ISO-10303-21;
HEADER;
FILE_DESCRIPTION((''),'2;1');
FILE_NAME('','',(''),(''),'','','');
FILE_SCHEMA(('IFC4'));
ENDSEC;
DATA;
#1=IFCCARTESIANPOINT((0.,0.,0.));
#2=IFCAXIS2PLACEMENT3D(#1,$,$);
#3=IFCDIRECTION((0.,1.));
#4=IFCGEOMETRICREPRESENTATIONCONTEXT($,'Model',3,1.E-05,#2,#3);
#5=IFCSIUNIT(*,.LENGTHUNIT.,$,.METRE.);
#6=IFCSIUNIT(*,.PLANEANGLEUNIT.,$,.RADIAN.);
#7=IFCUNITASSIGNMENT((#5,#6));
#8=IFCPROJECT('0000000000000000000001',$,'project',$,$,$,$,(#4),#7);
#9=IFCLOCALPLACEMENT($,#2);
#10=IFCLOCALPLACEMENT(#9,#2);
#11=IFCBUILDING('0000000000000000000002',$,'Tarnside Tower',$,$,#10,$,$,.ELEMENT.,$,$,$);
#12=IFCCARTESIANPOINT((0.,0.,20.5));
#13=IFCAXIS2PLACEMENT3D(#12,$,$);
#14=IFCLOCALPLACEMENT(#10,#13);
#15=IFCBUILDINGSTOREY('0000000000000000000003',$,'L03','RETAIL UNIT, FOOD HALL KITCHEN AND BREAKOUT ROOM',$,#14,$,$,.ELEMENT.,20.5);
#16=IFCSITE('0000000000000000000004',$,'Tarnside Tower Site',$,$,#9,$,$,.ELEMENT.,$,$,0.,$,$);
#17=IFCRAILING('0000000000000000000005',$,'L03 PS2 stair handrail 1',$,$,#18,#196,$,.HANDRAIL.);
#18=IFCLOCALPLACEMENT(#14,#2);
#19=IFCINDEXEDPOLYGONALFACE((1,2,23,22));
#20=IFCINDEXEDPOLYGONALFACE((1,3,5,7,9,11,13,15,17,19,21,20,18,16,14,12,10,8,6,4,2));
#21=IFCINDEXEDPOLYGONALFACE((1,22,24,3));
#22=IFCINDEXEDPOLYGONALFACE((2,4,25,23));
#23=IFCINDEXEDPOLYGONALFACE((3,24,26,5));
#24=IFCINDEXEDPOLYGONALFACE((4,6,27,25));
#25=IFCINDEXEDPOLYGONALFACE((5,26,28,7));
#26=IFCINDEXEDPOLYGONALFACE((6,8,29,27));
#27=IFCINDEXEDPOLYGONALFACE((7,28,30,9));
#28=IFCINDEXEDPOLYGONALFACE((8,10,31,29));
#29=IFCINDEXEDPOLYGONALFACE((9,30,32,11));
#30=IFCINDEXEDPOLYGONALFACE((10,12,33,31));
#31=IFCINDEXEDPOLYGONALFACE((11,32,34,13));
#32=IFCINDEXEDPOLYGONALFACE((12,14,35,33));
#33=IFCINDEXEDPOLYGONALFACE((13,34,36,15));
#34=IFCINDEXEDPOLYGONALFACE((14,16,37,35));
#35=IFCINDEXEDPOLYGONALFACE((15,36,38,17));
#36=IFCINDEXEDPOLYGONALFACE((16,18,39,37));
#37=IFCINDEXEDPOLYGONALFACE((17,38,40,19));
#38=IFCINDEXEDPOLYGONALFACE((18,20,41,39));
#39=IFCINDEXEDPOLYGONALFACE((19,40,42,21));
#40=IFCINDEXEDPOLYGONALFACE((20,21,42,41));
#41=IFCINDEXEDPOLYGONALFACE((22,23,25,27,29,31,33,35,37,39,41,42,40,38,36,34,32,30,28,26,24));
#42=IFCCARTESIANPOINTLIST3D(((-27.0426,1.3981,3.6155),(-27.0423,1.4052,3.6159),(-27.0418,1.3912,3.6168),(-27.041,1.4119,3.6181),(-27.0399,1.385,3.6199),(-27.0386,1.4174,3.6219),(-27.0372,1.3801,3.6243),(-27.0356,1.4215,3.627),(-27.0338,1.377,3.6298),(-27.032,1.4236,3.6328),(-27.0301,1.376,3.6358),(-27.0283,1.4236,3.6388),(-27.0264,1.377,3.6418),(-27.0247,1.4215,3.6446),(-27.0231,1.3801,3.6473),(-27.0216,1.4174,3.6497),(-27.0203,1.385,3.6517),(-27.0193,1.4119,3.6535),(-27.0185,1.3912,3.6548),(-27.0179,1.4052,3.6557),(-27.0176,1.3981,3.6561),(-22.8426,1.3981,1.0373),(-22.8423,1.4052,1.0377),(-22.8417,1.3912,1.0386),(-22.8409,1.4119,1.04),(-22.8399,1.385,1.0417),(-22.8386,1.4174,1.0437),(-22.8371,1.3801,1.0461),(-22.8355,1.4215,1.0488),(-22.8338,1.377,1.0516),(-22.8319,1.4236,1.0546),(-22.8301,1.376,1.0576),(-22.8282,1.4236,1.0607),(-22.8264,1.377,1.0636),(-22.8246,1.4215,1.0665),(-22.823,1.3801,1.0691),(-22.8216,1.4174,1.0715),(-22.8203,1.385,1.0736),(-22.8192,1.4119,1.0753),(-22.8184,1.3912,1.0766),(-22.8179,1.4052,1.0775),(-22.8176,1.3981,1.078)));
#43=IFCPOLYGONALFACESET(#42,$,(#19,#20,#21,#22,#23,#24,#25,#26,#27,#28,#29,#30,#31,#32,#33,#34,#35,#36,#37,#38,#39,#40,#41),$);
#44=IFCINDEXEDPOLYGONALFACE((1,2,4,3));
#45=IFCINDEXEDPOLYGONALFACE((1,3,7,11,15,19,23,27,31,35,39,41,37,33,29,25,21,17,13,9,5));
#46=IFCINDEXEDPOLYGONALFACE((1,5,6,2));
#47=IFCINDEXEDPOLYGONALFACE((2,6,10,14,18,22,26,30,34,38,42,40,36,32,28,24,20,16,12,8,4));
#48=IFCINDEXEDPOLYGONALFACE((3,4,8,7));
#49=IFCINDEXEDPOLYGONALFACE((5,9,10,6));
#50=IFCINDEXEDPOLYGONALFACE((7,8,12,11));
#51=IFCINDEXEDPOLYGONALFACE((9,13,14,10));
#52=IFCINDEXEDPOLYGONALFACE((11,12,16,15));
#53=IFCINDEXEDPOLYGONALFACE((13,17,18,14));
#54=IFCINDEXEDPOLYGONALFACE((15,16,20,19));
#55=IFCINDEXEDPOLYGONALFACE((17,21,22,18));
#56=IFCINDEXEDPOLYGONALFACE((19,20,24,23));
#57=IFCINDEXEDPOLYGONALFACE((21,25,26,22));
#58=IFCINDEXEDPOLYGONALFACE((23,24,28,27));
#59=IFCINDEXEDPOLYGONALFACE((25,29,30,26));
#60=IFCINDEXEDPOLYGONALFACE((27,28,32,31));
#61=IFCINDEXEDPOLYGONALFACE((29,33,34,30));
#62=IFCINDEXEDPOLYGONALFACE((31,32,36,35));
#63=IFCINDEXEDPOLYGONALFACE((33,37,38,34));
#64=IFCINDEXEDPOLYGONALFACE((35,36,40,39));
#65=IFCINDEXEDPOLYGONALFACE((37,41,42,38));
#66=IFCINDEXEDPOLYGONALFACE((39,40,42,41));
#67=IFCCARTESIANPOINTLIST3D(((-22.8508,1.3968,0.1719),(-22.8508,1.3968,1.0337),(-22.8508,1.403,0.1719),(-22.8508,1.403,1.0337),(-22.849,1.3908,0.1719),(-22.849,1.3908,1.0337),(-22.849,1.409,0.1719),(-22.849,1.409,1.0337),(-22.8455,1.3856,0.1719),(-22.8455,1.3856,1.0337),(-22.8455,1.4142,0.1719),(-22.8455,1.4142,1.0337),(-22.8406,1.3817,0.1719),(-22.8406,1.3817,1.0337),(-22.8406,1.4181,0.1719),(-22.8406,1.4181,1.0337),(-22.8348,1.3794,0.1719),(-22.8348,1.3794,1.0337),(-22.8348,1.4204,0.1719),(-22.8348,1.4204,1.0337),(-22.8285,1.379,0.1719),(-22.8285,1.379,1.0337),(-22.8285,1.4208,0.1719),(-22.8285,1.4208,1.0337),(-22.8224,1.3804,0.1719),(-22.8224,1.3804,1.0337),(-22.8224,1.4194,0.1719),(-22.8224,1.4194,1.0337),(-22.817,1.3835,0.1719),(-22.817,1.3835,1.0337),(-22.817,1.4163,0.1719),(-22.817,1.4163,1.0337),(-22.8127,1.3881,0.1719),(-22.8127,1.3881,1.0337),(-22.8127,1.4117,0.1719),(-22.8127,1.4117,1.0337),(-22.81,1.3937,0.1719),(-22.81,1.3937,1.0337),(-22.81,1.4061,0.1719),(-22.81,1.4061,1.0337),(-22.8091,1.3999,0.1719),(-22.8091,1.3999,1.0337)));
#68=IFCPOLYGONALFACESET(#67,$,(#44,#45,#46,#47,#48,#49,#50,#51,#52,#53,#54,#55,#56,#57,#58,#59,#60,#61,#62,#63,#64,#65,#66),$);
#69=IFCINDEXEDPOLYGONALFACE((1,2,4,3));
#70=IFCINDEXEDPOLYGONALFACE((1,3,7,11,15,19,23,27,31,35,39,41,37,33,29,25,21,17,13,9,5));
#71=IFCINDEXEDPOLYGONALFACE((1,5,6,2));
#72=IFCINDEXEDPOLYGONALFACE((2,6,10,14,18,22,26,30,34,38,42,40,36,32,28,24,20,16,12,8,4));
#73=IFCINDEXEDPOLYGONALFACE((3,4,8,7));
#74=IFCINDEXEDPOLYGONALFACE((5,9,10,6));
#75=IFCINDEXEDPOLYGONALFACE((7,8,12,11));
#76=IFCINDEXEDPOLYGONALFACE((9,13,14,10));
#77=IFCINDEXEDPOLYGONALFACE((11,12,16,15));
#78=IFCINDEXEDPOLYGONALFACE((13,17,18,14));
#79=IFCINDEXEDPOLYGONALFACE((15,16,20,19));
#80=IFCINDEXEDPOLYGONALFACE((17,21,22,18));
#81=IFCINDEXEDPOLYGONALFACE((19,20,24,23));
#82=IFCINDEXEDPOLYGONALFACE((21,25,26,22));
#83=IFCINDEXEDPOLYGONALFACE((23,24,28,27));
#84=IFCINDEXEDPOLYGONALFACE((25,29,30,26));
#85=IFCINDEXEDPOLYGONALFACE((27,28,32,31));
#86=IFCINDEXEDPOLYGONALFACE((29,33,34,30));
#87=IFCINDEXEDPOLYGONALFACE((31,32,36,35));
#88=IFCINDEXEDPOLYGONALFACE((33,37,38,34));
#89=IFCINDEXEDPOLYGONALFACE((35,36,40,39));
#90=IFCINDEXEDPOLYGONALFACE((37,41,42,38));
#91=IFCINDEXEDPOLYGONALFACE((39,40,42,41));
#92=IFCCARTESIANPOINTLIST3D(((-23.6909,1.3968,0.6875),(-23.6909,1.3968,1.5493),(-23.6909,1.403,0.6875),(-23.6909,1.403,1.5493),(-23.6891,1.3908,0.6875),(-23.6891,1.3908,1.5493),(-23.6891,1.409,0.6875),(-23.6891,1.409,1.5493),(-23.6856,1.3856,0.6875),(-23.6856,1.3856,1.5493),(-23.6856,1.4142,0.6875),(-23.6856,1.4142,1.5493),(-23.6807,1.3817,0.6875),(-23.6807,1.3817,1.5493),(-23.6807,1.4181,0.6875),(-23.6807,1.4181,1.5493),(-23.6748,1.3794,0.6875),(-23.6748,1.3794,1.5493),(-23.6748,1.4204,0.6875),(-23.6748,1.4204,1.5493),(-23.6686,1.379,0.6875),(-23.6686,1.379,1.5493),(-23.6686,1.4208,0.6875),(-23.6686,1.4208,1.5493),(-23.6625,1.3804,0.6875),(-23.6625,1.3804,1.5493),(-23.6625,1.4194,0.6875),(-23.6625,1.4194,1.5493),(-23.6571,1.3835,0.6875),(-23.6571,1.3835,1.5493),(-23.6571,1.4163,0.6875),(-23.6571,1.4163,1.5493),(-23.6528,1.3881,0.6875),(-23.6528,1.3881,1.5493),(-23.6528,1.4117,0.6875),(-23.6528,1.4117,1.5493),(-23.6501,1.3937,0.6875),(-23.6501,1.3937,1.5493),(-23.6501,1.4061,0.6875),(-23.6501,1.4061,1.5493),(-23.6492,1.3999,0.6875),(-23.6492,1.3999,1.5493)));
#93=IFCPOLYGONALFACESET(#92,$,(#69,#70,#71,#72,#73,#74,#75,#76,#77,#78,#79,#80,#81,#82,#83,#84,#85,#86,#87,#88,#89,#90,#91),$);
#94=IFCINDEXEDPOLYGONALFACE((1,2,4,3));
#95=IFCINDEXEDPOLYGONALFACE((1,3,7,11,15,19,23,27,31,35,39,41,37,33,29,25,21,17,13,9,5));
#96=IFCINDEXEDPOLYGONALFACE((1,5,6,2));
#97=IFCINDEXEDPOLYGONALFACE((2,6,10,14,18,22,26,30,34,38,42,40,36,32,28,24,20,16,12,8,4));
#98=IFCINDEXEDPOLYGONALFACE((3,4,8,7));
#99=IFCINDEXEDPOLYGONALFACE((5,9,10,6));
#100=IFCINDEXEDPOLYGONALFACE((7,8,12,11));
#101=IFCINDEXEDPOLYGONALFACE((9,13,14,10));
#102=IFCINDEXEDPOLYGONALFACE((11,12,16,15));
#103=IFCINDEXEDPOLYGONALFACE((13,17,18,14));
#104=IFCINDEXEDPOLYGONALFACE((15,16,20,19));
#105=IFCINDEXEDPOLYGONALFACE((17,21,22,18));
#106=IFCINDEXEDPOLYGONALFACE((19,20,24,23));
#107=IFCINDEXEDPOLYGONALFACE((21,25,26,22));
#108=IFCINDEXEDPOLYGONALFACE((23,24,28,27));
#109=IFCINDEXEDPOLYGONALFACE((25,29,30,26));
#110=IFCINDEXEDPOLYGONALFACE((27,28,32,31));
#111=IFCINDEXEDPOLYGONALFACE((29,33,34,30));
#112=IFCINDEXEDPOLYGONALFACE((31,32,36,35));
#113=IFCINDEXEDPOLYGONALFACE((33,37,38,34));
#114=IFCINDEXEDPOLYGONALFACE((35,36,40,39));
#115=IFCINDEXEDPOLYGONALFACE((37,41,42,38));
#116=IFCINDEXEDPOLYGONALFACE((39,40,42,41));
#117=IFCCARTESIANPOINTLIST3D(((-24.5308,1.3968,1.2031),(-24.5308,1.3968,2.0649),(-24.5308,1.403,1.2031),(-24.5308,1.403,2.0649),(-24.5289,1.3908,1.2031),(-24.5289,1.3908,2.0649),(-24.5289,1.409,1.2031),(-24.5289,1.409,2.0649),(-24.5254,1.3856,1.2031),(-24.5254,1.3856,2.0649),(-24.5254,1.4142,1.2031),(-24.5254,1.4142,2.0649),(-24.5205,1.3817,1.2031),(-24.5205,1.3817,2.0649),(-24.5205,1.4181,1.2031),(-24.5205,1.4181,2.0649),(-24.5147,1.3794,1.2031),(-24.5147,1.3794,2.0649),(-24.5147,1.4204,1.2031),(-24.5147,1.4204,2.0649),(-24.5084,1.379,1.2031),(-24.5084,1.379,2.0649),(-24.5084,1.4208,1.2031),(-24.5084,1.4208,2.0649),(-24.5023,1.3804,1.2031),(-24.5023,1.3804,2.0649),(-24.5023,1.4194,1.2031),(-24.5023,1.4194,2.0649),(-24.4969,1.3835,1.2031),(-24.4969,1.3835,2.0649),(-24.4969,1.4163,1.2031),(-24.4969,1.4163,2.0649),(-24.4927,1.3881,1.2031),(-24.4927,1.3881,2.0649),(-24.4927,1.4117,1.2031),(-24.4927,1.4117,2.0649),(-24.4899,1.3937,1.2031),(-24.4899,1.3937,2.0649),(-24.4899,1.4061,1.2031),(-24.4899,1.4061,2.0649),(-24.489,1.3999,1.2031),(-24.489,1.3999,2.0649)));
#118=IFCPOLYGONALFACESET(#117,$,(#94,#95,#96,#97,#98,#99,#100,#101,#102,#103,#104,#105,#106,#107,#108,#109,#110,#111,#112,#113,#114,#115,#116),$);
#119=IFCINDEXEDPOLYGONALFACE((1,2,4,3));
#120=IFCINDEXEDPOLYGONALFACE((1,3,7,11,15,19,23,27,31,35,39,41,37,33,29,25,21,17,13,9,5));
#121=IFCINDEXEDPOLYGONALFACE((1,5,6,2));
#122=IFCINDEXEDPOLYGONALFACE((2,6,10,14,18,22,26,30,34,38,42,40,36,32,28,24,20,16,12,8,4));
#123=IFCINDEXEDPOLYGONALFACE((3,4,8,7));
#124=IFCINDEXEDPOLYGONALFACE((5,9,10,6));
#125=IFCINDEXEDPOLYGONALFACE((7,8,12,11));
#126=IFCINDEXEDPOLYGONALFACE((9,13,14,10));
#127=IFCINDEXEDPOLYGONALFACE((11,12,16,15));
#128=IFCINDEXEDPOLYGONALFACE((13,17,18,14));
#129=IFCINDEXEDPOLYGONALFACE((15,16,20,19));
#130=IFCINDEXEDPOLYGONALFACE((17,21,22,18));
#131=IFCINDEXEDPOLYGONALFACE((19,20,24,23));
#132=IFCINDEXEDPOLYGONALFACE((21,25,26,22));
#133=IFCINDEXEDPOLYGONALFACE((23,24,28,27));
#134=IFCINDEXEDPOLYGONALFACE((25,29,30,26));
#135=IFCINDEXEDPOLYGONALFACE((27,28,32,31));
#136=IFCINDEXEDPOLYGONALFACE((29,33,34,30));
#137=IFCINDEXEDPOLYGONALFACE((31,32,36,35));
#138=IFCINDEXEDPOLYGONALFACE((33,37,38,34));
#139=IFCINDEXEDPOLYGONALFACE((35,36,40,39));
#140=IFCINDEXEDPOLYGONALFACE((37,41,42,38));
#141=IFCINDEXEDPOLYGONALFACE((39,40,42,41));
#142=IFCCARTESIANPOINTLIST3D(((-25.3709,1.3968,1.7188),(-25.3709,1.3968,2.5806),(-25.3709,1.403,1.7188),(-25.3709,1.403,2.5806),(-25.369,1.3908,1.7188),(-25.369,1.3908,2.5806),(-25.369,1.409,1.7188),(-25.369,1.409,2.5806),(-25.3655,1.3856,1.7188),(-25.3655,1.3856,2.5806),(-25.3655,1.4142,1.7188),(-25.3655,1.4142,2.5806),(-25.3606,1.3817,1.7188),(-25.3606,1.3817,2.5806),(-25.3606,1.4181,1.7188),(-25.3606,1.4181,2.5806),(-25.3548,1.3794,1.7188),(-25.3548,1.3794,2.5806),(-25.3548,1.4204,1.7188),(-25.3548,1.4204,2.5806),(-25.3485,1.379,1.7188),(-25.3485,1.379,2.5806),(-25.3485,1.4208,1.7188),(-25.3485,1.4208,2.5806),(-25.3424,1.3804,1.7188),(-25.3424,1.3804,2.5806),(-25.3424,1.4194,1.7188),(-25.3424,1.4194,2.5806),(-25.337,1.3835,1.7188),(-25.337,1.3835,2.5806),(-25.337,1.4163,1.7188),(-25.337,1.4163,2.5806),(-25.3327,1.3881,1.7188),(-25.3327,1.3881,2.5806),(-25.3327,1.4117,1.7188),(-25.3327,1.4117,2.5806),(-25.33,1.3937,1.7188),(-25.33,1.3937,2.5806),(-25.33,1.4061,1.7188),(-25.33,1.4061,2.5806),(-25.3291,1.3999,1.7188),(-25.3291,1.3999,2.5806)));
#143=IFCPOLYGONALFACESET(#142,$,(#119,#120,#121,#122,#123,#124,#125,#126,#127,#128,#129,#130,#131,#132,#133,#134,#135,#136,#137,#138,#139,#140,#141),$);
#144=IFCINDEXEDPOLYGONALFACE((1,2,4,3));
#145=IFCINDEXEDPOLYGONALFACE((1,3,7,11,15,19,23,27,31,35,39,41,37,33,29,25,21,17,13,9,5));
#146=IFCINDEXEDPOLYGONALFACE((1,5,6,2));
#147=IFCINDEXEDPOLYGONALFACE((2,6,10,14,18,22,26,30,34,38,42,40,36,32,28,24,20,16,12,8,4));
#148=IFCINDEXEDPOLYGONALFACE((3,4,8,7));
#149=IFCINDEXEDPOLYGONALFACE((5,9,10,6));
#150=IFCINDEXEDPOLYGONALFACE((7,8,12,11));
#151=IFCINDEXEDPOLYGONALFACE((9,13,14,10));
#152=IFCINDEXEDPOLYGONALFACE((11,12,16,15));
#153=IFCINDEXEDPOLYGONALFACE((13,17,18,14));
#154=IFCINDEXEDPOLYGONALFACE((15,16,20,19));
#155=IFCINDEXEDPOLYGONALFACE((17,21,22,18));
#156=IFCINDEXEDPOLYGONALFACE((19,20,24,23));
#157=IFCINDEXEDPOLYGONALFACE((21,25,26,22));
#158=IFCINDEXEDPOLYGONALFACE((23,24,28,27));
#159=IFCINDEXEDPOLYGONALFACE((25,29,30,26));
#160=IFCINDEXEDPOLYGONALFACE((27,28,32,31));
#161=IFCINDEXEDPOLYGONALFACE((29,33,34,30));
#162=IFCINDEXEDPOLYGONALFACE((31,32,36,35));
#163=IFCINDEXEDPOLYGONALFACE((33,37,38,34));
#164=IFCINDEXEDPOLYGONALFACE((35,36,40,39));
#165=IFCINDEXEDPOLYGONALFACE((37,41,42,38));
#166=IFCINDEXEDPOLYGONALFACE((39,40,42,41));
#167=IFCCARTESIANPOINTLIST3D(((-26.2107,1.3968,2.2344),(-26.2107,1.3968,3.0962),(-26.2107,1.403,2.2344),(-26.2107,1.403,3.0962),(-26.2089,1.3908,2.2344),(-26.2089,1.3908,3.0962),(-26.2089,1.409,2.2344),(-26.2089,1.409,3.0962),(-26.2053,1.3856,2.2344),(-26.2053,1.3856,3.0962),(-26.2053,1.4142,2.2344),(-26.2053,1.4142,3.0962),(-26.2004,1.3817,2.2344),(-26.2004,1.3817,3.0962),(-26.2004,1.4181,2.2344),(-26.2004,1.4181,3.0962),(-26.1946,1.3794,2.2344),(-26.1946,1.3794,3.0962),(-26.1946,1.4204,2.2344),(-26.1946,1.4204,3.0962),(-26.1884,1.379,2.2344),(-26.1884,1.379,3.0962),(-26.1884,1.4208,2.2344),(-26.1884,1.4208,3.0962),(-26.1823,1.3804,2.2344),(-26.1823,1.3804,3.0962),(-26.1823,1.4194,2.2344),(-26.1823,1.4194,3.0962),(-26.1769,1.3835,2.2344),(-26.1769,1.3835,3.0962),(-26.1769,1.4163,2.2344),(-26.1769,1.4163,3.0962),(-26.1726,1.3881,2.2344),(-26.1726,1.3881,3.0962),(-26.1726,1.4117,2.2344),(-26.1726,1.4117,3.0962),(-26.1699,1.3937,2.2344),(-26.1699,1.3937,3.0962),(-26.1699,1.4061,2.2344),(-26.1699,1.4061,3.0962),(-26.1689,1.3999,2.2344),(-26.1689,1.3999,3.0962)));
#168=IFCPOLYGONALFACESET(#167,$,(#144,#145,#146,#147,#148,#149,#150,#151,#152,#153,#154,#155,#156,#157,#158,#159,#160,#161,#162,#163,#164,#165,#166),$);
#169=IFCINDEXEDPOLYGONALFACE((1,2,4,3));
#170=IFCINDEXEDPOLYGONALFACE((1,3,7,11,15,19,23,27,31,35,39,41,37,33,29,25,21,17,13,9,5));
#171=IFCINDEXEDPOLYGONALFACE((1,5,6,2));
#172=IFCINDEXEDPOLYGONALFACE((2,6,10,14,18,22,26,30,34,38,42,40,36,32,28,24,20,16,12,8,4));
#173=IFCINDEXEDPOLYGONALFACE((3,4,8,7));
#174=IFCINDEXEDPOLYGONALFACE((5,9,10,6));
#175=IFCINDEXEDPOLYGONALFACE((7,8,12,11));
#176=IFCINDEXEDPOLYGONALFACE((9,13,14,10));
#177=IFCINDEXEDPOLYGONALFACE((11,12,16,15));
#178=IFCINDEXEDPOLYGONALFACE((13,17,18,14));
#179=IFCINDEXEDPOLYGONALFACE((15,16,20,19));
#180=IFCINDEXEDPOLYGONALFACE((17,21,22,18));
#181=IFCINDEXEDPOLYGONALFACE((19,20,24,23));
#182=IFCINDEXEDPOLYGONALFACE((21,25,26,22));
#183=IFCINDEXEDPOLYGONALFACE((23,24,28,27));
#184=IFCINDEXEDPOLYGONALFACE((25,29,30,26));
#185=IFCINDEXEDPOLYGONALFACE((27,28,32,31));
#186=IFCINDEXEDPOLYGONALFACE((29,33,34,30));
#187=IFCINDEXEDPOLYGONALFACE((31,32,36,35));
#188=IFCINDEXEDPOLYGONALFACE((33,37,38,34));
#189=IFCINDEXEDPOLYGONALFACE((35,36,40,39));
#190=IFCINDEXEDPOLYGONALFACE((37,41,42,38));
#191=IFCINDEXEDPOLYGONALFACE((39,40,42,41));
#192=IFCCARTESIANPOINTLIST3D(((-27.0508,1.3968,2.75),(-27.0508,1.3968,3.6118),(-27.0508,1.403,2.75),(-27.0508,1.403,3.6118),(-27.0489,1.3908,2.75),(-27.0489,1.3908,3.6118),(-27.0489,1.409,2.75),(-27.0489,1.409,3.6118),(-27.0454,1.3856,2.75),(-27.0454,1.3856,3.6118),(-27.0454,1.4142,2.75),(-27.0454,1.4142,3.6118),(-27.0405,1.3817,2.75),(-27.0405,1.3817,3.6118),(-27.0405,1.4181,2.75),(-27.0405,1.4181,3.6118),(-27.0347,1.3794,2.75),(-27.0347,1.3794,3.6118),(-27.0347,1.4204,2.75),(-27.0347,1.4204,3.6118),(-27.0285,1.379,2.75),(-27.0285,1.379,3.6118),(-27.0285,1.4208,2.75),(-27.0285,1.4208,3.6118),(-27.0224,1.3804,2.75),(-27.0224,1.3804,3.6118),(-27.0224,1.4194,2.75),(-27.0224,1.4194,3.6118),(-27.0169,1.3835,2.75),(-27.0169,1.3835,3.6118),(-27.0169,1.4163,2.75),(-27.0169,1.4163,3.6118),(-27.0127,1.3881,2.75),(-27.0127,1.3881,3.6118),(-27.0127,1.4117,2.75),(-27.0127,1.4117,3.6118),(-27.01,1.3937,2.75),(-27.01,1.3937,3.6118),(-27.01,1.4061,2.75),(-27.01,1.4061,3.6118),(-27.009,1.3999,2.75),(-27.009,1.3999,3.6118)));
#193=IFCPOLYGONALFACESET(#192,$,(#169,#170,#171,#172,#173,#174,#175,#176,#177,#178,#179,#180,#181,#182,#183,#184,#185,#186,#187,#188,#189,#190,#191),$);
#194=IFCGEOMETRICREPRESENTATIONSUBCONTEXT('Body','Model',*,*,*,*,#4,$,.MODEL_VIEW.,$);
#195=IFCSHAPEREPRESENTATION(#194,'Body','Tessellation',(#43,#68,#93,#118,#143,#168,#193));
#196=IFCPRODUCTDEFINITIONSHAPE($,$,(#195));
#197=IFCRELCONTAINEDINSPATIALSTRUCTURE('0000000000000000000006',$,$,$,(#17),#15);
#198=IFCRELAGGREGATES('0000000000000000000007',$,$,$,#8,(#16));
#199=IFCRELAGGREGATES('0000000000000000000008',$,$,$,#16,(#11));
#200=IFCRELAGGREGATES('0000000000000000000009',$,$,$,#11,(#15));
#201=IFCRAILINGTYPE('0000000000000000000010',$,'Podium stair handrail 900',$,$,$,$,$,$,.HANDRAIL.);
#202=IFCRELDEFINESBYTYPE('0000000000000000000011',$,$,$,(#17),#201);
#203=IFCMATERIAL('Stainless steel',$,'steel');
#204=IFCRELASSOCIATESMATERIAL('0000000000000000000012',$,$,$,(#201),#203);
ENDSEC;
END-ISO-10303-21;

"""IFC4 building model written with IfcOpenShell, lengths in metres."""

from ifc_helpers import new_model, si_unit, direction, frame, origin, origin_2d, place, context, subcontext, project, spatial, circle, extrude, material, type_object, element, save


model = new_model("IFC4")

# Units and contexts
model_context = context("Model", 3, precision=1e-05, world=origin(), true_north=direction((0.0, 1.0)))
body_context = subcontext(model_context, "Body", "Model", "MODEL_VIEW")
ifc_project = project(units=[si_unit("LENGTHUNIT", "METRE"), si_unit("PLANEANGLEUNIT", "RADIAN")], contexts=[model_context])

# Site, building, storey
site_placement = place(None, origin())
site = spatial("IfcSite", under=ifc_project, at=site_placement, Name="Tarnside Tower Site", CompositionType="ELEMENT", RefElevation=0.0)
building_placement = place(site_placement, origin())
building = spatial("IfcBuilding", under=site, at=building_placement, Name="Tarnside Tower", CompositionType="ELEMENT")
storey_placement = place(building_placement, frame((0.0, 0.0, 20.5)))
storey = spatial("IfcBuildingStorey", under=building, at=storey_placement, Name="L03", Description="RETAIL UNIT, FOOD HALL KITCHEN AND BREAKOUT ROOM", CompositionType="ELEMENT", Elevation=20.5)

# Railing
ifc_material_1 = material(Name="Stainless steel", Category="steel")
railing_type_1 = type_object("IfcRailingType", Name="Podium stair handrail 900", PredefinedType="HANDRAIL", material=ifc_material_1)
railing_1_placement = place(storey_placement, frame((-22.8301, 1.3999, 0.1719)))
element("IfcRailing", 1, at=railing_1_placement, inside=storey, type_object=railing_type_1, Name="L03 PS2 stair handrail 1", PredefinedType="HANDRAIL", context=body_context, shape_type="SweptSolid", body=[
    extrude(circle(Radius=0.0239, at=origin_2d()), frame((0.0, 0.0, 0.8857), z_axis=(-0.852243, 0.0, 0.523146), x_axis=(0.0, -1.0, 0.0)), (0.0, 0.0, 1.0), 4.9282),
    extrude(circle(Radius=0.021, at=origin_2d()), origin(), (0.0, 0.0, 1.0), 0.8618),
    extrude(circle(Radius=0.021, at=origin_2d()), frame((-0.8401, 0.0, 0.5156)), (0.0, 0.0, 1.0), 0.8618),
    extrude(circle(Radius=0.021, at=origin_2d()), frame((-1.6799, 0.0, 1.0312)), (0.0, 0.0, 1.0), 0.8618),
    extrude(circle(Radius=0.021, at=origin_2d()), frame((-2.52, 0.0, 1.5469)), (0.0, 0.0, 1.0), 0.8618),
    extrude(circle(Radius=0.021, at=origin_2d()), frame((-3.3599, 0.0, 2.0625)), (0.0, 0.0, 1.0), 0.8618),
    extrude(circle(Radius=0.021, at=origin_2d()), frame((-4.2, 0.0, 2.5781)), (0.0, 0.0, 1.0), 0.8618),
])

save(model, "model.ifc")
